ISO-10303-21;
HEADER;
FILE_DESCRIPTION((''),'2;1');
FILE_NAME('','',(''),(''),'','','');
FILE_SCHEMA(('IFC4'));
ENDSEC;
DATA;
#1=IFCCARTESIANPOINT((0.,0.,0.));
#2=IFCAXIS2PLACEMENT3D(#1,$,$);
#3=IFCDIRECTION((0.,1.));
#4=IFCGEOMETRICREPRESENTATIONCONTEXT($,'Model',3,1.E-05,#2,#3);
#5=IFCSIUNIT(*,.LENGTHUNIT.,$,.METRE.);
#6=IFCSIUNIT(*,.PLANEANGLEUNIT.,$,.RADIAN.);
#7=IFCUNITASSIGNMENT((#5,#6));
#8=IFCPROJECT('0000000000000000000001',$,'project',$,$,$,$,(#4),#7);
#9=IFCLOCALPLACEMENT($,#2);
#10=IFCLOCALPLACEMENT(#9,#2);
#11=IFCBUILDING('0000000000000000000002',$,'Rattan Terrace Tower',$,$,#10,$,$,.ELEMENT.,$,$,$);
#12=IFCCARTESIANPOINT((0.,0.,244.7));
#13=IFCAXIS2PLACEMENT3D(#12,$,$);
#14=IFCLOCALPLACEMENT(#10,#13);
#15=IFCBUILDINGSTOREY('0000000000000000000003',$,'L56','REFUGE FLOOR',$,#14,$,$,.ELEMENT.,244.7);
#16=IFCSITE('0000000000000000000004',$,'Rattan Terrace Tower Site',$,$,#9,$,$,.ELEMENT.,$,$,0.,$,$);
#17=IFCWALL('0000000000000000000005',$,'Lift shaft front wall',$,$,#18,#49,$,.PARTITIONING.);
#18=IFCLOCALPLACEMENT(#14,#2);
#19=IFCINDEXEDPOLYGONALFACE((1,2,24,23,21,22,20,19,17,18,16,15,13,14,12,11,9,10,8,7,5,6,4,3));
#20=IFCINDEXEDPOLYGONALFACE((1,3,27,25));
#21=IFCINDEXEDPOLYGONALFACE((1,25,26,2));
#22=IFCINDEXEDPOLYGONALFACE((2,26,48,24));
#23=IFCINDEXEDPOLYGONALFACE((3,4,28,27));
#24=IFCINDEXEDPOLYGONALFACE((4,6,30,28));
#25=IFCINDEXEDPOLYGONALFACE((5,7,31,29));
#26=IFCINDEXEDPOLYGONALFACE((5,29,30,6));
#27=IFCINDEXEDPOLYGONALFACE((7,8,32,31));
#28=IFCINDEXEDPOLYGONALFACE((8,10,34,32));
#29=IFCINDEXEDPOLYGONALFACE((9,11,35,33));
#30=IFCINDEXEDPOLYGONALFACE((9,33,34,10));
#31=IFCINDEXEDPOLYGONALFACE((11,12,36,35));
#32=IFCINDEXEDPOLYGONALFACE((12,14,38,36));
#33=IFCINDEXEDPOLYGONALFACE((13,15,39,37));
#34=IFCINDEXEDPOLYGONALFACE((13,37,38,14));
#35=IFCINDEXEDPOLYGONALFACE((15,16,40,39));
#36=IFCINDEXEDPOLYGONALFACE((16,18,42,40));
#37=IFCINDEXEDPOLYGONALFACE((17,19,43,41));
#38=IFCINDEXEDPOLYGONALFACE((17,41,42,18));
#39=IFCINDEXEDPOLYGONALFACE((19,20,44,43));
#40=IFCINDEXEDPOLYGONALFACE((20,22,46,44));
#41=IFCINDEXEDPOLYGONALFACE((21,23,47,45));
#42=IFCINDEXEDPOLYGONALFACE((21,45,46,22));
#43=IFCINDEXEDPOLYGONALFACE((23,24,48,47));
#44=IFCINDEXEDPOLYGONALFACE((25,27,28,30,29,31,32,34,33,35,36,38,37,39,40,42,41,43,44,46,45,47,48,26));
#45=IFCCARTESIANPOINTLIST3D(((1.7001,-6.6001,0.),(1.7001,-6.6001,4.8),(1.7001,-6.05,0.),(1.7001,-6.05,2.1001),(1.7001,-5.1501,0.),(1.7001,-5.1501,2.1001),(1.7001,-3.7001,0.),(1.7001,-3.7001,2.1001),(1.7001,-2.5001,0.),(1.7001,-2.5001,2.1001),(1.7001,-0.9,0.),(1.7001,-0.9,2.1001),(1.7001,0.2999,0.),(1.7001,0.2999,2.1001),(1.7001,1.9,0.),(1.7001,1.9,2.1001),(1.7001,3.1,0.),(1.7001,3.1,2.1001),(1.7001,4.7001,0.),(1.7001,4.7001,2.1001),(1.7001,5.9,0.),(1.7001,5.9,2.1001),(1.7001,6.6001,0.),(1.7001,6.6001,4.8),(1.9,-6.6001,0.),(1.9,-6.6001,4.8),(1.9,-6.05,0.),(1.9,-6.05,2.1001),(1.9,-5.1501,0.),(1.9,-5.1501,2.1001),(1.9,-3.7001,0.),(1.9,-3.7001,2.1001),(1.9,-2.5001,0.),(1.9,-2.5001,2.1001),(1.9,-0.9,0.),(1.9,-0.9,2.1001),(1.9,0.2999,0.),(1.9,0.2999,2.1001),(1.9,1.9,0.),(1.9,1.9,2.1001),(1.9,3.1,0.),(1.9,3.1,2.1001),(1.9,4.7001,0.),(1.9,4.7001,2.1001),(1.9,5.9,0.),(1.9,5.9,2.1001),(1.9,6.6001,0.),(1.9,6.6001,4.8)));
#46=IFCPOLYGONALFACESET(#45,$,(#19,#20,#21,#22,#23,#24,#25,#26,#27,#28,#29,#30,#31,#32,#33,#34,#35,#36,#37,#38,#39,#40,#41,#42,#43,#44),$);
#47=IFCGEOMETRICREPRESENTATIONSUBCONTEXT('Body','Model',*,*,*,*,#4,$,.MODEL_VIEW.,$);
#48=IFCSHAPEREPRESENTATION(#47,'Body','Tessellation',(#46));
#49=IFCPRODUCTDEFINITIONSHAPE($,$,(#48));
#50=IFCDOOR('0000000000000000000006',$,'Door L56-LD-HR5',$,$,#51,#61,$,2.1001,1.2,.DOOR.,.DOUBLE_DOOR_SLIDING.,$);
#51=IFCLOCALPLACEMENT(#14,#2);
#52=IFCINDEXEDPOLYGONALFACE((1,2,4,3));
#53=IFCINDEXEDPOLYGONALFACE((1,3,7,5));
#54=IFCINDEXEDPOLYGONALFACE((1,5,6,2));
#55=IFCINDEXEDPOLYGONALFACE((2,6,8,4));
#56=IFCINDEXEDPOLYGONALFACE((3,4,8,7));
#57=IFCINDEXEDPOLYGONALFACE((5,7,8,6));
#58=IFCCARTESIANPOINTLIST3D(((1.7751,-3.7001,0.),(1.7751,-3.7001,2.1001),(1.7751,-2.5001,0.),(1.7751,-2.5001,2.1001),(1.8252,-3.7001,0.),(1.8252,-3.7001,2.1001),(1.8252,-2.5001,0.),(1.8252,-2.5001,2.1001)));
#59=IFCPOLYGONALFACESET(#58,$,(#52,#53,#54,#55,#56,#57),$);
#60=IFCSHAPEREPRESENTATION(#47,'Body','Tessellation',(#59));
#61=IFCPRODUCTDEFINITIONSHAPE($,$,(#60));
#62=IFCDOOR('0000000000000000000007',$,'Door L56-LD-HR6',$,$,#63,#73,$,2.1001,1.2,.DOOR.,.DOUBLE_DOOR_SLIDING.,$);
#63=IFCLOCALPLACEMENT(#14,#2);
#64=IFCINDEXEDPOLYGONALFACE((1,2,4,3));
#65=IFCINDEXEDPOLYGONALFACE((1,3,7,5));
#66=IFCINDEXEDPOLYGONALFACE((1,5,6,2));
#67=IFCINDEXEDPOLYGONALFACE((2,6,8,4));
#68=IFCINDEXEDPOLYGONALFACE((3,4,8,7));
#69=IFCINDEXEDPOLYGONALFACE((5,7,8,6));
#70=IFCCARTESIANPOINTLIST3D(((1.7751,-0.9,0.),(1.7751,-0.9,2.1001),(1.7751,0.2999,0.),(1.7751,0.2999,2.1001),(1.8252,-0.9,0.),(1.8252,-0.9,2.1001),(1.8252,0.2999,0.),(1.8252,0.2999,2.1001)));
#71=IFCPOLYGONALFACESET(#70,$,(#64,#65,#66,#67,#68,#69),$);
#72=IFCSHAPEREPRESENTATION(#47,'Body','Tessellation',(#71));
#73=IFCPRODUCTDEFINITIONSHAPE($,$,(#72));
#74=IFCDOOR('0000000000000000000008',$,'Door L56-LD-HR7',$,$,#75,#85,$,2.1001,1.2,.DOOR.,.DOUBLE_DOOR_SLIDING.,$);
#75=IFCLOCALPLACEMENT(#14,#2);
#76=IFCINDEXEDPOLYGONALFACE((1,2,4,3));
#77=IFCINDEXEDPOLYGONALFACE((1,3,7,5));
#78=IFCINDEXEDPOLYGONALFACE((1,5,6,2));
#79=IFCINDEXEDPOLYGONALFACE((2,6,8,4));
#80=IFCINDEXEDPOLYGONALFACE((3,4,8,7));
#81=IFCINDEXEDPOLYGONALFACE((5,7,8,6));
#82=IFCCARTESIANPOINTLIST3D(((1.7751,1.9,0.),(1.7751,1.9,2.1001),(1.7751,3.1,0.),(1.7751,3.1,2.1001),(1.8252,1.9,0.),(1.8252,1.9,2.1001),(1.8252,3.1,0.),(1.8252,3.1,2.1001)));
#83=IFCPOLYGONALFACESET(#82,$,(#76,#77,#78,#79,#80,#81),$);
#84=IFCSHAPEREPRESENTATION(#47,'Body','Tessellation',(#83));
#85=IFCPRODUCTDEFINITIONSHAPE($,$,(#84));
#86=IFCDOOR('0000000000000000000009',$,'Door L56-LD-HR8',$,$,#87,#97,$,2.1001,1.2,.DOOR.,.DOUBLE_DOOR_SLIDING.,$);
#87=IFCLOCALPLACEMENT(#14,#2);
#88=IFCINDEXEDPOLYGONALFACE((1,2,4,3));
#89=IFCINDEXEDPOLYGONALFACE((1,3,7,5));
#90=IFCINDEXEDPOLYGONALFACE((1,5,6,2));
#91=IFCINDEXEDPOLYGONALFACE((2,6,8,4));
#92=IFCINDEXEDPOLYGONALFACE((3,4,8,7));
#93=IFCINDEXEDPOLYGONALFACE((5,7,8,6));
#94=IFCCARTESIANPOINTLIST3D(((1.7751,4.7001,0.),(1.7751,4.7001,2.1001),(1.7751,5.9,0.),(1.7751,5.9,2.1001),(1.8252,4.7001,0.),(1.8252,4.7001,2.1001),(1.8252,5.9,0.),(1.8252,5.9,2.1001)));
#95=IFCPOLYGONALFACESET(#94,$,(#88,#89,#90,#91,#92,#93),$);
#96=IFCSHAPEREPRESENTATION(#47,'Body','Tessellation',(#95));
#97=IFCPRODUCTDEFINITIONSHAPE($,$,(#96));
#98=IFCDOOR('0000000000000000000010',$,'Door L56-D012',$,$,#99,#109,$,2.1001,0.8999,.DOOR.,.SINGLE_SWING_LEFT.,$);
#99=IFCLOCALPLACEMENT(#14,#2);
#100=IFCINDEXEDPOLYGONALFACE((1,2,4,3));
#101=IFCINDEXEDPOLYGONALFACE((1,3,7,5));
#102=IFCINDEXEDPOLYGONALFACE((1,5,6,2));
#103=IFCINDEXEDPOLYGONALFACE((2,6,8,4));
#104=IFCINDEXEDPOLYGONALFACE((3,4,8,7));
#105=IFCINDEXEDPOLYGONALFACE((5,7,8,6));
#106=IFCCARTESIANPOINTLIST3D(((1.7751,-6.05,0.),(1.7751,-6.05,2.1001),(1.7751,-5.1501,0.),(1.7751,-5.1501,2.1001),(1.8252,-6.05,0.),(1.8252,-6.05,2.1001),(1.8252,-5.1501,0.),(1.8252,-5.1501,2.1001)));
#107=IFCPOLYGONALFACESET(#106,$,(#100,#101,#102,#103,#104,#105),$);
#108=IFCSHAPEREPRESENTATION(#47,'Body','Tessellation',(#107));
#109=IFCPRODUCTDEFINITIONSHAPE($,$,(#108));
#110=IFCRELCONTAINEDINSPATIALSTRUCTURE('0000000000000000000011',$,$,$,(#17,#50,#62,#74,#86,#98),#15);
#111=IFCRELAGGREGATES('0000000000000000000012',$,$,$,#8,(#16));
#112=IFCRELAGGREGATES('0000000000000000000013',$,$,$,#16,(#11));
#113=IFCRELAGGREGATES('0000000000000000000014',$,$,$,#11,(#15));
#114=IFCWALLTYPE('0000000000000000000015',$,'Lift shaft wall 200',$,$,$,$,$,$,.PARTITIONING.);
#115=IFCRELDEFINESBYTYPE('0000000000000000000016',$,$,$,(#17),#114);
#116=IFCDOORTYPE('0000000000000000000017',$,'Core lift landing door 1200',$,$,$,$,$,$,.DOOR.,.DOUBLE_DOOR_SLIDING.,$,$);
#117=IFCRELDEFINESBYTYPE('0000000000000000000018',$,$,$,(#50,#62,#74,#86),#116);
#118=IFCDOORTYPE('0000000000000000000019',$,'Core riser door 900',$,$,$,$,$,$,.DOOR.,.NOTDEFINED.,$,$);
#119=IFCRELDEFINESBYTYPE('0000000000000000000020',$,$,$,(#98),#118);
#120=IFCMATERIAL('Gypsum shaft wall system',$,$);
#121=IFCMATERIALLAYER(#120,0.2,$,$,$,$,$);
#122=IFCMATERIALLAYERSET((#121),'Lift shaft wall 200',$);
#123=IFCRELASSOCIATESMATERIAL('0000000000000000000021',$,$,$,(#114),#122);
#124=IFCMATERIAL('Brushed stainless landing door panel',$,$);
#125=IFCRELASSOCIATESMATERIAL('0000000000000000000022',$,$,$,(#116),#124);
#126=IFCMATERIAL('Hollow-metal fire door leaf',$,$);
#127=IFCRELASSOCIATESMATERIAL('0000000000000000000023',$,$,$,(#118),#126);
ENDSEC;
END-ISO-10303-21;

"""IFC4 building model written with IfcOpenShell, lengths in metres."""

from ifc_helpers import new_model, si_unit, direction, frame, frame_2d, origin, place, context, subcontext, project, spatial, rectangle, extrude, material, layer, layer_set, type_object, element, fill, save


model = new_model("IFC4")

# Units and contexts
model_context = context("Model", 3, precision=1e-05, world=origin(), true_north=direction((0.0, 1.0)))
body_context = subcontext(model_context, "Body", "Model", "MODEL_VIEW")
ifc_project = project(units=[si_unit("LENGTHUNIT", "METRE"), si_unit("PLANEANGLEUNIT", "RADIAN")], contexts=[model_context])

# Site, building, storey
site_placement = place(None, origin())
site = spatial("IfcSite", under=ifc_project, at=site_placement, Name="Rattan Terrace Tower Site", CompositionType="ELEMENT", RefElevation=0.0)
building_placement = place(site_placement, origin())
building = spatial("IfcBuilding", under=site, at=building_placement, Name="Rattan Terrace Tower", CompositionType="ELEMENT")
storey_placement = place(building_placement, frame((0.0, 0.0, 244.7)))
storey = spatial("IfcBuildingStorey", under=building, at=storey_placement, Name="L56", Description="REFUGE FLOOR", CompositionType="ELEMENT", Elevation=244.7)

# Wall, openings, doors
ifc_material_1 = material(Name="Gypsum shaft wall system")
ifc_layer_1 = layer(ifc_material_1, 0.2)
ifc_layer_set_1 = layer_set([ifc_layer_1], Name="Lift shaft wall 200")
wall_type_1 = type_object("IfcWallType", Name="Lift shaft wall 200", PredefinedType="PARTITIONING", material=ifc_layer_set_1)
wall_1_placement = place(storey_placement, frame((1.8, -6.6001, 0.0), z_axis=(0.0, 0.0, 1.0), x_axis=(0.0, 1.0, 0.0)))
wall_1 = element("IfcWall", 1, at=wall_1_placement, inside=storey, type_object=wall_type_1, Name="Lift shaft front wall", PredefinedType="PARTITIONING", context=body_context, shape_type="SweptSolid", body=[
    extrude(rectangle(XDim=13.2002, YDim=0.2, at=frame_2d((6.6001, 0.0))), origin(), (0.0, 0.0, 1.0), 4.8),
])
opening_1_placement = place(wall_1_placement, frame((0.55, 0.0, 0.0)))
opening_1 = element("IfcOpeningElement", 2, at=opening_1_placement, cuts=wall_1, PredefinedType="OPENING", context=body_context, shape_type="SweptSolid", body=[
    extrude(rectangle(XDim=0.8999, YDim=2.1001, at=frame_2d((0.45, 1.05))), frame((0.0, 0.1106, 0.0), z_axis=(0.0, -1.0, 0.0), x_axis=(1.0, 0.0, 0.0)), (0.0, 0.0, 1.0), 0.2209),
])
opening_2_placement = place(wall_1_placement, frame((2.8999, 0.0, 0.0)))
opening_2 = element("IfcOpeningElement", 3, at=opening_2_placement, cuts=wall_1, PredefinedType="OPENING", context=body_context, shape_type="SweptSolid", body=[
    extrude(rectangle(XDim=1.2, YDim=2.1001, at=frame_2d((0.6001, 1.05))), frame((0.0, 0.1106, 0.0), z_axis=(0.0, -1.0, 0.0), x_axis=(1.0, 0.0, 0.0)), (0.0, 0.0, 1.0), 0.2209),
])
opening_3_placement = place(wall_1_placement, frame((5.7, 0.0, 0.0)))
opening_3 = element("IfcOpeningElement", 4, at=opening_3_placement, cuts=wall_1, PredefinedType="OPENING", context=body_context, shape_type="SweptSolid", body=[
    extrude(rectangle(XDim=1.2, YDim=2.1001, at=frame_2d((0.6001, 1.05))), frame((0.0, 0.1106, 0.0), z_axis=(0.0, -1.0, 0.0), x_axis=(1.0, 0.0, 0.0)), (0.0, 0.0, 1.0), 0.2209),
])
opening_4_placement = place(wall_1_placement, frame((8.5, 0.0, 0.0)))
opening_4 = element("IfcOpeningElement", 5, at=opening_4_placement, cuts=wall_1, PredefinedType="OPENING", context=body_context, shape_type="SweptSolid", body=[
    extrude(rectangle(XDim=1.2, YDim=2.1001, at=frame_2d((0.6001, 1.05))), frame((0.0, 0.1106, 0.0), z_axis=(0.0, -1.0, 0.0), x_axis=(1.0, 0.0, 0.0)), (0.0, 0.0, 1.0), 0.2209),
])
opening_5_placement = place(wall_1_placement, frame((11.3, 0.0, 0.0)))
opening_5 = element("IfcOpeningElement", 6, at=opening_5_placement, cuts=wall_1, PredefinedType="OPENING", context=body_context, shape_type="SweptSolid", body=[
    extrude(rectangle(XDim=1.2, YDim=2.1001, at=frame_2d((0.6001, 1.05))), frame((0.0, 0.1106, 0.0), z_axis=(0.0, -1.0, 0.0), x_axis=(1.0, 0.0, 0.0)), (0.0, 0.0, 1.0), 0.2209),
])
ifc_material_2 = material(Name="Brushed stainless landing door panel")
door_type_1 = type_object("IfcDoorType", Name="Core lift landing door 1200", OperationType="DOUBLE_DOOR_SLIDING", PredefinedType="DOOR", material=ifc_material_2)
door_1_placement = place(opening_2_placement, origin())
door_1 = element("IfcDoor", 7, at=door_1_placement, inside=storey, type_object=door_type_1, Name="Door L56-LD-HR5", OperationType="DOUBLE_DOOR_SLIDING", OverallHeight=2.1001, OverallWidth=1.2, PredefinedType="DOOR", context=body_context, shape_type="SweptSolid", body=[
    extrude(rectangle(XDim=1.2, YDim=2.1001, at=frame_2d((0.6001, 1.05))), frame((0.0, 0.0249, 0.0), z_axis=(0.0, -1.0, 0.0), x_axis=(1.0, 0.0, 0.0)), (0.0, 0.0, 1.0), 0.05),
])
fill(opening_2, door_1)
door_2_placement = place(opening_3_placement, origin())
door_2 = element("IfcDoor", 8, at=door_2_placement, inside=storey, type_object=door_type_1, Name="Door L56-LD-HR6", OperationType="DOUBLE_DOOR_SLIDING", OverallHeight=2.1001, OverallWidth=1.2, PredefinedType="DOOR", context=body_context, shape_type="SweptSolid", body=[
    extrude(rectangle(XDim=1.2, YDim=2.1001, at=frame_2d((0.6001, 1.05))), frame((0.0, 0.0249, 0.0), z_axis=(0.0, -1.0, 0.0), x_axis=(1.0, 0.0, 0.0)), (0.0, 0.0, 1.0), 0.05),
])
fill(opening_3, door_2)
door_3_placement = place(opening_4_placement, origin())
door_3 = element("IfcDoor", 9, at=door_3_placement, inside=storey, type_object=door_type_1, Name="Door L56-LD-HR7", OperationType="DOUBLE_DOOR_SLIDING", OverallHeight=2.1001, OverallWidth=1.2, PredefinedType="DOOR", context=body_context, shape_type="SweptSolid", body=[
    extrude(rectangle(XDim=1.2, YDim=2.1001, at=frame_2d((0.6001, 1.05))), frame((0.0, 0.0249, 0.0), z_axis=(0.0, -1.0, 0.0), x_axis=(1.0, 0.0, 0.0)), (0.0, 0.0, 1.0), 0.05),
])
fill(opening_4, door_3)
door_4_placement = place(opening_5_placement, origin())
door_4 = element("IfcDoor", 10, at=door_4_placement, inside=storey, type_object=door_type_1, Name="Door L56-LD-HR8", OperationType="DOUBLE_DOOR_SLIDING", OverallHeight=2.1001, OverallWidth=1.2, PredefinedType="DOOR", context=body_context, shape_type="SweptSolid", body=[
    extrude(rectangle(XDim=1.2, YDim=2.1001, at=frame_2d((0.6001, 1.05))), frame((0.0, 0.0249, 0.0), z_axis=(0.0, -1.0, 0.0), x_axis=(1.0, 0.0, 0.0)), (0.0, 0.0, 1.0), 0.05),
])
fill(opening_5, door_4)
ifc_material_3 = material(Name="Hollow-metal fire door leaf")
door_type_2 = type_object("IfcDoorType", Name="Core riser door 900", OperationType="NOTDEFINED", PredefinedType="DOOR", material=ifc_material_3)
door_5_placement = place(opening_1_placement, origin())
door_5 = element("IfcDoor", 11, at=door_5_placement, inside=storey, type_object=door_type_2, Name="Door L56-D012", OperationType="SINGLE_SWING_LEFT", OverallHeight=2.1001, OverallWidth=0.8999, PredefinedType="DOOR", context=body_context, shape_type="SweptSolid", body=[
    extrude(rectangle(XDim=0.8999, YDim=2.1001, at=frame_2d((0.45, 1.05))), frame((0.0, 0.0249, 0.0), z_axis=(0.0, -1.0, 0.0), x_axis=(1.0, 0.0, 0.0)), (0.0, 0.0, 1.0), 0.05),
])
fill(opening_1, door_5)

save(model, "model.ifc")
